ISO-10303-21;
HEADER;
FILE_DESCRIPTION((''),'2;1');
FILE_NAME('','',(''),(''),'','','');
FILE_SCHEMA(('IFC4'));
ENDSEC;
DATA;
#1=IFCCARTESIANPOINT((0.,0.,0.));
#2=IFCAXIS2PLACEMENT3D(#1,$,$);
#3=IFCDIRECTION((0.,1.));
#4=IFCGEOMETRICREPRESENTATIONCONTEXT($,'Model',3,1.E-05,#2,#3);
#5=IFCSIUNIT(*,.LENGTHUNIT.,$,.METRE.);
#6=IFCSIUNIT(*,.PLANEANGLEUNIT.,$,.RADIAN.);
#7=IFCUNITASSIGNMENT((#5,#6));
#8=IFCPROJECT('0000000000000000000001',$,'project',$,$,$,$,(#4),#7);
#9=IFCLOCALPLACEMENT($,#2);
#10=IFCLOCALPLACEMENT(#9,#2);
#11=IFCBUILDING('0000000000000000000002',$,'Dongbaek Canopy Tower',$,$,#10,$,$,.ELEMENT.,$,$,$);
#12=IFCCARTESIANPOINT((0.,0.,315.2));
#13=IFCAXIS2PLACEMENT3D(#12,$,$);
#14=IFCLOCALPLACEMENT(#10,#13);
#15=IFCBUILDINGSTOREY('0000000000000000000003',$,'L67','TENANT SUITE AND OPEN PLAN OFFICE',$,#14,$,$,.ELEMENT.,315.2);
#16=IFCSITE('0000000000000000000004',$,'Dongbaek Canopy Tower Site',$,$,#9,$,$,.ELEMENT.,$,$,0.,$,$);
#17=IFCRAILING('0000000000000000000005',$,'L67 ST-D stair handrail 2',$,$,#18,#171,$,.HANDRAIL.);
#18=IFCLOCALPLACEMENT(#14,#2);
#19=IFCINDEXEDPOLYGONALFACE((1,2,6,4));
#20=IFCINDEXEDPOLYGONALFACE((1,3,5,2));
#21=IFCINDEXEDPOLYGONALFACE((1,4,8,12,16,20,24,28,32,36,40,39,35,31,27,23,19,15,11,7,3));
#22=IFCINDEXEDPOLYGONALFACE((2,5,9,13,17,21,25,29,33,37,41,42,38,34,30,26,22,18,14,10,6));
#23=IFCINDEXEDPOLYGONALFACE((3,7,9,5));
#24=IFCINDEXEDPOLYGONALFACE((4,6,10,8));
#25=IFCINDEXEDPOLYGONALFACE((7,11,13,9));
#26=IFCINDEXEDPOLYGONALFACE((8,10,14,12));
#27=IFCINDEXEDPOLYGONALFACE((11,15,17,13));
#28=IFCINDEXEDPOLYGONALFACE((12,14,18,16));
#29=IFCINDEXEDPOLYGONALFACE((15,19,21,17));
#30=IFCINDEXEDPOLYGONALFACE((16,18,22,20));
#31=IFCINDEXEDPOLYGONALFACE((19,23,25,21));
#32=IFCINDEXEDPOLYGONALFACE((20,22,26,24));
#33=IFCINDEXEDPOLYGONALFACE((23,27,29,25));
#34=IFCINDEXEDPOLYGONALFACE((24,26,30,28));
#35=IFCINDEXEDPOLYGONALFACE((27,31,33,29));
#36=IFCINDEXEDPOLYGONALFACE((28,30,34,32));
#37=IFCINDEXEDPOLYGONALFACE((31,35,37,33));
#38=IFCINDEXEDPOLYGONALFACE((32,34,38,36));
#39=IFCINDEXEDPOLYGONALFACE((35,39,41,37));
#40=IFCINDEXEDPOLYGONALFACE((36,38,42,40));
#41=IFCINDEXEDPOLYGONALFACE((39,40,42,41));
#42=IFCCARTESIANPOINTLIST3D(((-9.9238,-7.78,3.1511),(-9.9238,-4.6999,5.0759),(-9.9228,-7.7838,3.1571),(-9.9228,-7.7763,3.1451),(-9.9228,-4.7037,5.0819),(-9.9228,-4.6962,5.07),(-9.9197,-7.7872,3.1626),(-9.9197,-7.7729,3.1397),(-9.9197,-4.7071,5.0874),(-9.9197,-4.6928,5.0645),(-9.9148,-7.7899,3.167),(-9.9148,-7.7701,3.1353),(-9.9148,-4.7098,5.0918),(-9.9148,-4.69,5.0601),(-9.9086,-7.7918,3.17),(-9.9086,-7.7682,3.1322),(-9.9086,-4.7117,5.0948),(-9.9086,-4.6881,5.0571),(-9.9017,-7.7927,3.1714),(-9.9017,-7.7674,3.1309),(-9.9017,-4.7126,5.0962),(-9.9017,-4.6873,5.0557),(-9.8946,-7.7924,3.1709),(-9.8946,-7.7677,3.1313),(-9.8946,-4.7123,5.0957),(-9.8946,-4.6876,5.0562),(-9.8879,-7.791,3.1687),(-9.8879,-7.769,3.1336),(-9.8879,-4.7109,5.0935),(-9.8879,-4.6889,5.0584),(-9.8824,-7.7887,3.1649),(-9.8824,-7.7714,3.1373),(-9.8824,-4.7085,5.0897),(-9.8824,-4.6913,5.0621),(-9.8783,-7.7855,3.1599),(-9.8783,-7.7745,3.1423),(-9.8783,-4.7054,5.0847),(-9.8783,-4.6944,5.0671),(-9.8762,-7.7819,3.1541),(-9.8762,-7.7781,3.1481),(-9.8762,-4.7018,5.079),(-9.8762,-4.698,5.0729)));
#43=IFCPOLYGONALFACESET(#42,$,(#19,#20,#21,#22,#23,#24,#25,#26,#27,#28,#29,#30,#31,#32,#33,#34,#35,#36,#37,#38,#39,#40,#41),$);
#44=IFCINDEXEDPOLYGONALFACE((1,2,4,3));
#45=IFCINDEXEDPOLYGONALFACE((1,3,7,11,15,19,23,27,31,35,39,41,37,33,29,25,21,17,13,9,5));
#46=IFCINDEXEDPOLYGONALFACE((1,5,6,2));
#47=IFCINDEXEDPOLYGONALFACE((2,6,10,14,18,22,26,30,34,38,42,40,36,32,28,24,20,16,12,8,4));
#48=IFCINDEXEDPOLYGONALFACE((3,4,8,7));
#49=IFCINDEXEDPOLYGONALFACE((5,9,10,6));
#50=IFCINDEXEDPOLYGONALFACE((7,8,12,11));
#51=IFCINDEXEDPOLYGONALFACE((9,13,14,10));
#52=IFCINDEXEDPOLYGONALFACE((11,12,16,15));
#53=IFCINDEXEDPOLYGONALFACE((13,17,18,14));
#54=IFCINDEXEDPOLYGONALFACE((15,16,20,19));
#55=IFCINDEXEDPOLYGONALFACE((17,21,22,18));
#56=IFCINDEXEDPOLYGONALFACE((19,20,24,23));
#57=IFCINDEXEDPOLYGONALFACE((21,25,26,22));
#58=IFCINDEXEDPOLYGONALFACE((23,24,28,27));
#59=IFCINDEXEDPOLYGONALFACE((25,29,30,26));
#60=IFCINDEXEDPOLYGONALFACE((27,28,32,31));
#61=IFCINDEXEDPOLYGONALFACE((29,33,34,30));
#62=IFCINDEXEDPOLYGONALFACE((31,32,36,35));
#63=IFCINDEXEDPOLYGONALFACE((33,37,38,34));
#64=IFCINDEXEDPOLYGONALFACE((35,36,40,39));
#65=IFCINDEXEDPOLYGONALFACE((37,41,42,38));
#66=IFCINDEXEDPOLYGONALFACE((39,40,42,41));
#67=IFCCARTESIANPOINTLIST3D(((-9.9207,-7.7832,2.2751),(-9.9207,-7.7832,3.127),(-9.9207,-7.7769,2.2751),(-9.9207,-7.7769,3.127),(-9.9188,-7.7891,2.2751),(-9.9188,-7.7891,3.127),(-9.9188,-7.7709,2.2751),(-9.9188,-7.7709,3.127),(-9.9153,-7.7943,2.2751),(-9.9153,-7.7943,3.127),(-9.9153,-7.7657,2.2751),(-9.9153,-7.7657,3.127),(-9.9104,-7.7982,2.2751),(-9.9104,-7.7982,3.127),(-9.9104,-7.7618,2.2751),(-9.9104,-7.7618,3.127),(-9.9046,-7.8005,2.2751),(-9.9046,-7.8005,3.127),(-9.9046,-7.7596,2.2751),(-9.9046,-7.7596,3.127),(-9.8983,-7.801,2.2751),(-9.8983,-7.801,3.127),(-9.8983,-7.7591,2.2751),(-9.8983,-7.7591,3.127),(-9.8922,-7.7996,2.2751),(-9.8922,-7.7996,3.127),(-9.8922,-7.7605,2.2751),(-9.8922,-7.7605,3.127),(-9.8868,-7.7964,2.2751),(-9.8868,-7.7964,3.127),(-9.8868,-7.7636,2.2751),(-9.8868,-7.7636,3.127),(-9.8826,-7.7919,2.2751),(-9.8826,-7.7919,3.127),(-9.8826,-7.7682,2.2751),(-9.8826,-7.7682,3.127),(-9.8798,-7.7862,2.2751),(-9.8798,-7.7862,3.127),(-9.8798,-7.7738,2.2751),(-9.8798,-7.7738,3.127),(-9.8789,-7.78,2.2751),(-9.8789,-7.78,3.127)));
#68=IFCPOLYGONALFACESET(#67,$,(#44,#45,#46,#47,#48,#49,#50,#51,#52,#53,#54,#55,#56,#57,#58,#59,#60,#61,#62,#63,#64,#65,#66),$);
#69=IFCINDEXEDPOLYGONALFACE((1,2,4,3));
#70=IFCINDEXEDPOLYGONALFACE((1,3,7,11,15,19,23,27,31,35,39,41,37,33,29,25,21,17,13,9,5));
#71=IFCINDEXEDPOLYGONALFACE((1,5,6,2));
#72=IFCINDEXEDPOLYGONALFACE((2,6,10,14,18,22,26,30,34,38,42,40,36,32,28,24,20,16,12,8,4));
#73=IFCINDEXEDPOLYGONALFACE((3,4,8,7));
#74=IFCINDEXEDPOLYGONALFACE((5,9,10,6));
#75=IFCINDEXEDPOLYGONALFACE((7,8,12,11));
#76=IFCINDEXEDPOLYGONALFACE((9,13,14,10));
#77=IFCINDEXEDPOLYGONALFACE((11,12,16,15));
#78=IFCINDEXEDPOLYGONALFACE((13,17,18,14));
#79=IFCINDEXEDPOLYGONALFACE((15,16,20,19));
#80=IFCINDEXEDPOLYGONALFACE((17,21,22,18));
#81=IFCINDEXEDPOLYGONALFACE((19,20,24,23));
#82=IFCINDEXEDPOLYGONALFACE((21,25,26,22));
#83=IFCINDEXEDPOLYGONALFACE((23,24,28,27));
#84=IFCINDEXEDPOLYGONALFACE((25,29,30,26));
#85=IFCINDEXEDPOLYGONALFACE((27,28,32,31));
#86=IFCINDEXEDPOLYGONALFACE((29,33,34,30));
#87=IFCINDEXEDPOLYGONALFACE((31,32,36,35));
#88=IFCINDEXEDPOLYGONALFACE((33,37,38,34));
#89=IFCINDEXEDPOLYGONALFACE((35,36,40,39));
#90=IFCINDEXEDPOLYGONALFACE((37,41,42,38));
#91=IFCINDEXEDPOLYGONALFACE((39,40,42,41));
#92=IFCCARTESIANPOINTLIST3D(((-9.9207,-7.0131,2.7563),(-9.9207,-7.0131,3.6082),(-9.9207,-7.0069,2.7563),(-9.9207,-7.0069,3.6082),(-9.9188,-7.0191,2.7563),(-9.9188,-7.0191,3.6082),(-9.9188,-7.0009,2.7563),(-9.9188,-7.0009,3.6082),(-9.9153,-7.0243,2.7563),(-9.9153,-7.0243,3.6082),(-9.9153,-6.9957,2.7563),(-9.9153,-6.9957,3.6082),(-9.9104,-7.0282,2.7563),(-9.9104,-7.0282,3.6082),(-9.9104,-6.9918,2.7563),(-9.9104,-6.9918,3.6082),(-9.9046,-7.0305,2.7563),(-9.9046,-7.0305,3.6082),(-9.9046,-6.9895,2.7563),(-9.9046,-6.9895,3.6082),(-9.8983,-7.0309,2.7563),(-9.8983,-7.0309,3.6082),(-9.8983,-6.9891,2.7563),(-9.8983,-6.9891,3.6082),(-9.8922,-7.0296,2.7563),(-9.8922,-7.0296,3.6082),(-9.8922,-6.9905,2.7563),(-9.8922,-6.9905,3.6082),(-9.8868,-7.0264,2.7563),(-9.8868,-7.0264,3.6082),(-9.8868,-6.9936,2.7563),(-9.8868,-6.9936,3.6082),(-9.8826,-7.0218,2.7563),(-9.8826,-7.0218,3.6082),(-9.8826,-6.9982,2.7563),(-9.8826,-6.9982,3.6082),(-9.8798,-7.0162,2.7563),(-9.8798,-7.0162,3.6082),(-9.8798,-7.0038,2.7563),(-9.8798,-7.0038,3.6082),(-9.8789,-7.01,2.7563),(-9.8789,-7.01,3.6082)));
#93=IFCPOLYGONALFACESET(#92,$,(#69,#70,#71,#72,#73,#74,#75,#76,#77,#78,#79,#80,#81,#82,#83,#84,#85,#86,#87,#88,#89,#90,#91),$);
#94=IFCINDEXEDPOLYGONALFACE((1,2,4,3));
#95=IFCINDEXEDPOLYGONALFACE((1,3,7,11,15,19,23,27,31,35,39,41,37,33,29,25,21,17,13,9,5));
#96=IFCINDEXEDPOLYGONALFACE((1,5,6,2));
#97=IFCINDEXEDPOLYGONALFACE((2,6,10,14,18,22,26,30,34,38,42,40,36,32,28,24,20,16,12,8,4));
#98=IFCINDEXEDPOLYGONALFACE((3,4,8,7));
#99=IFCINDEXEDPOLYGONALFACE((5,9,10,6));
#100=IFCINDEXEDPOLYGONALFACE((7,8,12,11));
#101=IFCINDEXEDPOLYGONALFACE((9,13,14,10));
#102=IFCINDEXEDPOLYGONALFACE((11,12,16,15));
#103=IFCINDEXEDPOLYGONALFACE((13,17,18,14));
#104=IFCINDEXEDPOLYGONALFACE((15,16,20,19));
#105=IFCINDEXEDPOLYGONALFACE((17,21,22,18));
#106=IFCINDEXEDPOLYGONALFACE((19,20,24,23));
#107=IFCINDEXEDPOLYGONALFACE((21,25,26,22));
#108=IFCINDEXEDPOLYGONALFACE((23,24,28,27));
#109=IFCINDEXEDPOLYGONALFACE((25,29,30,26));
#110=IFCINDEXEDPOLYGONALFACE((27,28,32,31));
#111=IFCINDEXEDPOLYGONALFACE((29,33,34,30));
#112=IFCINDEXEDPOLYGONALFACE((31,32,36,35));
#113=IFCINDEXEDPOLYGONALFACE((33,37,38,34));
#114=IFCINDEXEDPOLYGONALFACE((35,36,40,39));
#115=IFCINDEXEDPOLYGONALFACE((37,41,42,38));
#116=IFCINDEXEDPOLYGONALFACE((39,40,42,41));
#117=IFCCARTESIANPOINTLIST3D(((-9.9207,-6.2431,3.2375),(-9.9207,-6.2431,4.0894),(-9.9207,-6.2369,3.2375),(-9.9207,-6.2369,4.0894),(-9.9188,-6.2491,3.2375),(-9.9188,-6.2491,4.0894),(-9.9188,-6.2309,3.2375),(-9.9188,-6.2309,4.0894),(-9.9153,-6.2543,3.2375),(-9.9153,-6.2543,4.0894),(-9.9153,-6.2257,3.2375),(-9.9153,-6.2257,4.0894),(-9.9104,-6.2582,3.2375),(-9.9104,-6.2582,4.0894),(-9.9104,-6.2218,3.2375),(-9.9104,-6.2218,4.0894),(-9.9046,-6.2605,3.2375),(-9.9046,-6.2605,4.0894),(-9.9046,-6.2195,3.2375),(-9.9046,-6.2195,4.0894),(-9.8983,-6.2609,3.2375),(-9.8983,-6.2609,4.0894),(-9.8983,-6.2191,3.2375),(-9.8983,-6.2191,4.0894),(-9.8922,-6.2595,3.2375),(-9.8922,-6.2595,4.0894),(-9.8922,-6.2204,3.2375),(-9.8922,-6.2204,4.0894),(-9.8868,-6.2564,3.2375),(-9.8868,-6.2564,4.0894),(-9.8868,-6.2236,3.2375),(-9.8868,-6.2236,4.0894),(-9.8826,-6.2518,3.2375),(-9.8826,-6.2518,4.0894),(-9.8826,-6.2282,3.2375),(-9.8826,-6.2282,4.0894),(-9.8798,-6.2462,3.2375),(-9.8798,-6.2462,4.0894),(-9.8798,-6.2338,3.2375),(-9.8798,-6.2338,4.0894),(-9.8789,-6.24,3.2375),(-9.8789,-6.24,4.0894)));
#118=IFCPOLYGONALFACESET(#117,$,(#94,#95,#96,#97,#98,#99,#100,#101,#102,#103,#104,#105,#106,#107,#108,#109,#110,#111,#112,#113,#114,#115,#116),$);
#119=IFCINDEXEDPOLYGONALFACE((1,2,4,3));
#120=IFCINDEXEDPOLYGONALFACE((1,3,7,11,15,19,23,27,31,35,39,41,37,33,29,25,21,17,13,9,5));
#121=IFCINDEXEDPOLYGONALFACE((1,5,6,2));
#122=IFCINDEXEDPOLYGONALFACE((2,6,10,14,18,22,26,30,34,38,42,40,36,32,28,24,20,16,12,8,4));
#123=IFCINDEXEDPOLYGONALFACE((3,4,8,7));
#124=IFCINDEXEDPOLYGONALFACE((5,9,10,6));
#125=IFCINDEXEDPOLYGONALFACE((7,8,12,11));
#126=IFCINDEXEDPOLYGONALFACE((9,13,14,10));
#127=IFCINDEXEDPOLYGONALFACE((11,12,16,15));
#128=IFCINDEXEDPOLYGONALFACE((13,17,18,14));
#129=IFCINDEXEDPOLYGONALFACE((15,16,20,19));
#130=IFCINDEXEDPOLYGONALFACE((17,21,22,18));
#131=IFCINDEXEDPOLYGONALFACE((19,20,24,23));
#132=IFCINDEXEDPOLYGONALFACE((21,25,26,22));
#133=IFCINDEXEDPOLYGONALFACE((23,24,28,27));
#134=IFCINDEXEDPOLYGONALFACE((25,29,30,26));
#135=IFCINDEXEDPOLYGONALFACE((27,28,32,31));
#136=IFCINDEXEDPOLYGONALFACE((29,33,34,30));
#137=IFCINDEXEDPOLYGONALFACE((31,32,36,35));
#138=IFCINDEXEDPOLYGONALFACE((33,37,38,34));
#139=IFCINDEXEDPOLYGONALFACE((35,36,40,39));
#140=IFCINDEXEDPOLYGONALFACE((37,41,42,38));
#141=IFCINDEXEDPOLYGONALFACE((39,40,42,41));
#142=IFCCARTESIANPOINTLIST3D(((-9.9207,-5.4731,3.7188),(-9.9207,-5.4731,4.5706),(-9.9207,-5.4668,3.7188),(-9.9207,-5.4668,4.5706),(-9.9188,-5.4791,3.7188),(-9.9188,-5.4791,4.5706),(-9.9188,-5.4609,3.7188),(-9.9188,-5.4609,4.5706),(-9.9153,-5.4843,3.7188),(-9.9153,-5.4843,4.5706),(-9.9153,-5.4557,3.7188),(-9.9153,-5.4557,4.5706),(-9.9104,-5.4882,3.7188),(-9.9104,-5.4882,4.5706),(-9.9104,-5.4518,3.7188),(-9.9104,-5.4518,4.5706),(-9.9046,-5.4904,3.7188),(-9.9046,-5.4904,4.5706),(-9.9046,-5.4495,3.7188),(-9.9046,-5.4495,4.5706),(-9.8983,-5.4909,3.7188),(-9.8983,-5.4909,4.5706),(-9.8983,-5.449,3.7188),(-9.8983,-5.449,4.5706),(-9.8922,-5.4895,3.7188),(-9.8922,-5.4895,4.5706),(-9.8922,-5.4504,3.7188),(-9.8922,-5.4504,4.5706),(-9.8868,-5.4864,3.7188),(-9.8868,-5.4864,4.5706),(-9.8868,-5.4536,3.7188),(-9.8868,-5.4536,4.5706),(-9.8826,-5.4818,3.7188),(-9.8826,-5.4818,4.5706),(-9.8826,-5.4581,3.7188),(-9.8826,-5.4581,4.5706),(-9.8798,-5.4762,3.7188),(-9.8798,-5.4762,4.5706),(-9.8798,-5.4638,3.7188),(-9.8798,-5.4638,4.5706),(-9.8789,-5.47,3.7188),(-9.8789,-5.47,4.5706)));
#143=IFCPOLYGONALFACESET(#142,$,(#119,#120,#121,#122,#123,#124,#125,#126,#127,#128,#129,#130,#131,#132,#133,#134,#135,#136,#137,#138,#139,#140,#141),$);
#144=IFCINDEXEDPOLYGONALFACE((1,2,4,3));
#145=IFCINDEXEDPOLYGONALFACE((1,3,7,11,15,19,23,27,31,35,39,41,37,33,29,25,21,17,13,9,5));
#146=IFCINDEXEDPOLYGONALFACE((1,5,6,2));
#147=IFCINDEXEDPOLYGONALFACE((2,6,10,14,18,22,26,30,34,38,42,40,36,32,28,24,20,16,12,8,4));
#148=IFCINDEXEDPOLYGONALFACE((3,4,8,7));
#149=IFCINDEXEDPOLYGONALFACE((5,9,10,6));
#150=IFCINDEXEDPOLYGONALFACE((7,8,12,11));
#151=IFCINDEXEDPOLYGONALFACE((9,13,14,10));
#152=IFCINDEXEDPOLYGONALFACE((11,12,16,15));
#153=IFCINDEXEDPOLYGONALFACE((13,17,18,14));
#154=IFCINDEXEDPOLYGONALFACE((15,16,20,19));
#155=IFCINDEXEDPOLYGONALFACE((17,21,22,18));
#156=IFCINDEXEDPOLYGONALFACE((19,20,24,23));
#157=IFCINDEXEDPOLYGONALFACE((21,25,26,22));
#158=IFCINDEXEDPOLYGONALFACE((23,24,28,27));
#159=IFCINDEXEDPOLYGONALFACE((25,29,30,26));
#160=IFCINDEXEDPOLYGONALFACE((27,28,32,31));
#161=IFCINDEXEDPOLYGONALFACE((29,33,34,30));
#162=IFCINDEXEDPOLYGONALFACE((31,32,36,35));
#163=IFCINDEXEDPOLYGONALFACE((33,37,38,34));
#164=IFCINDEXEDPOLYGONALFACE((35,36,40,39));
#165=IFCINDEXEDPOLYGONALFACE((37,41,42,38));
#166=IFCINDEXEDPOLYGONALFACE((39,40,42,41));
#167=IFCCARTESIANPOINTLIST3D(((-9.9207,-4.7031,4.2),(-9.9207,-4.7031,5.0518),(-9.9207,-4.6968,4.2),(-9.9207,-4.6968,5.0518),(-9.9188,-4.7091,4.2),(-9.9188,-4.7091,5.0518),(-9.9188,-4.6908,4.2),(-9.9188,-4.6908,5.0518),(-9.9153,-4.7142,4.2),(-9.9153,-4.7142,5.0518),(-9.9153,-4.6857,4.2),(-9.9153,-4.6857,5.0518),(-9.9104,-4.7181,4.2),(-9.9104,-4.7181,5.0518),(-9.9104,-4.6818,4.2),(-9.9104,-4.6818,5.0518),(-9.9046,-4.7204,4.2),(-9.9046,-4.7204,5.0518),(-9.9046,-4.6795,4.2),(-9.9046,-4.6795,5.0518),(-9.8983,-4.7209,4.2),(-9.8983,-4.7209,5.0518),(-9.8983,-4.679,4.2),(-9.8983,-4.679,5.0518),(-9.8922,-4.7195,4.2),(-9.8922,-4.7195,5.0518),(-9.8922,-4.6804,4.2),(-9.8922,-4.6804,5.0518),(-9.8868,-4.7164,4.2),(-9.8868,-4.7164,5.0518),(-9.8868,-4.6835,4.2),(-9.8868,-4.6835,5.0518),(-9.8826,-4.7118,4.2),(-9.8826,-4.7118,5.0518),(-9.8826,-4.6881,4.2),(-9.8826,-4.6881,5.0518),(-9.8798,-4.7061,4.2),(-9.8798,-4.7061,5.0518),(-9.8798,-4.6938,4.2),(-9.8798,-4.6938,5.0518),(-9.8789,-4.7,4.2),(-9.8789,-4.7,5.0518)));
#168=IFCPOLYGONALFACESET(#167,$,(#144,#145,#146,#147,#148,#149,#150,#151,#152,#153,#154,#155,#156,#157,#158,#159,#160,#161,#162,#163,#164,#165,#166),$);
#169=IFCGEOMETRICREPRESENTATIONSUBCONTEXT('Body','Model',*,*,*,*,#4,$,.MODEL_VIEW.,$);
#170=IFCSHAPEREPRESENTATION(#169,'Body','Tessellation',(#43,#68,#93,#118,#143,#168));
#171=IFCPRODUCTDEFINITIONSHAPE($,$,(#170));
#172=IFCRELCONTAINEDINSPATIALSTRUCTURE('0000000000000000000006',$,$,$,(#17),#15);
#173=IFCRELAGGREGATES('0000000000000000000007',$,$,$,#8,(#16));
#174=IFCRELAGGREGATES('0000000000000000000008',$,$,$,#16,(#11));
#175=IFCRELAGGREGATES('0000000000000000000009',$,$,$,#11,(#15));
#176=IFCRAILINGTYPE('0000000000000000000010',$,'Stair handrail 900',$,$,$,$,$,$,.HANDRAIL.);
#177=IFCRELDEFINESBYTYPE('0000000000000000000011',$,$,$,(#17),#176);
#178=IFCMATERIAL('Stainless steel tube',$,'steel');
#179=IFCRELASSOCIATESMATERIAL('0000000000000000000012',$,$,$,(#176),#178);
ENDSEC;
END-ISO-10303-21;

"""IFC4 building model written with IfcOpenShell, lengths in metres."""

from ifc_helpers import new_model, si_unit, direction, frame, origin, origin_2d, place, context, subcontext, project, spatial, circle, extrude, material, type_object, element, save


model = new_model("IFC4")

# Units and contexts
model_context = context("Model", 3, precision=1e-05, world=origin(), true_north=direction((0.0, 1.0)))
body_context = subcontext(model_context, "Body", "Model", "MODEL_VIEW")
ifc_project = project(units=[si_unit("LENGTHUNIT", "METRE"), si_unit("PLANEANGLEUNIT", "RADIAN")], contexts=[model_context])

# Site, building, storey
site_placement = place(None, origin())
site = spatial("IfcSite", under=ifc_project, at=site_placement, Name="Dongbaek Canopy Tower Site", CompositionType="ELEMENT", RefElevation=0.0)
building_placement = place(site_placement, origin())
building = spatial("IfcBuilding", under=site, at=building_placement, Name="Dongbaek Canopy Tower", CompositionType="ELEMENT")
storey_placement = place(building_placement, frame((0.0, 0.0, 315.2)))
storey = spatial("IfcBuildingStorey", under=building, at=storey_placement, Name="L67", Description="TENANT SUITE AND OPEN PLAN OFFICE", CompositionType="ELEMENT", Elevation=315.2)

# Railing
ifc_material_1 = material(Name="Stainless steel tube", Category="steel")
railing_type_1 = type_object("IfcRailingType", Name="Stair handrail 900", PredefinedType="HANDRAIL", material=ifc_material_1)
railing_1_placement = place(storey_placement, frame((-9.8999, -7.78, 2.2751)))
element("IfcRailing", 1, at=railing_1_placement, inside=storey, type_object=railing_type_1, Name="L67 ST-D stair handrail 2", PredefinedType="HANDRAIL", context=body_context, shape_type="SweptSolid", body=[
    extrude(circle(Radius=0.0239, at=origin_2d()), frame((0.0, 0.0, 0.876), z_axis=(0.0, 0.848029, 0.529951), x_axis=(-1.0, 0.0, 0.0)), (0.0, 0.0, 1.0), 3.6321),
    extrude(circle(Radius=0.021, at=origin_2d()), origin(), (0.0, 0.0, 1.0), 0.8518),
    extrude(circle(Radius=0.021, at=origin_2d()), frame((0.0, 0.77, 0.4812)), (0.0, 0.0, 1.0), 0.8518),
    extrude(circle(Radius=0.021, at=origin_2d()), frame((0.0, 1.54, 0.9624)), (0.0, 0.0, 1.0), 0.8518),
    extrude(circle(Radius=0.021, at=origin_2d()), frame((0.0, 2.3101, 1.4436)), (0.0, 0.0, 1.0), 0.8518),
    extrude(circle(Radius=0.021, at=origin_2d()), frame((0.0, 3.0801, 1.9248)), (0.0, 0.0, 1.0), 0.8518),
])

save(model, "model.ifc")
